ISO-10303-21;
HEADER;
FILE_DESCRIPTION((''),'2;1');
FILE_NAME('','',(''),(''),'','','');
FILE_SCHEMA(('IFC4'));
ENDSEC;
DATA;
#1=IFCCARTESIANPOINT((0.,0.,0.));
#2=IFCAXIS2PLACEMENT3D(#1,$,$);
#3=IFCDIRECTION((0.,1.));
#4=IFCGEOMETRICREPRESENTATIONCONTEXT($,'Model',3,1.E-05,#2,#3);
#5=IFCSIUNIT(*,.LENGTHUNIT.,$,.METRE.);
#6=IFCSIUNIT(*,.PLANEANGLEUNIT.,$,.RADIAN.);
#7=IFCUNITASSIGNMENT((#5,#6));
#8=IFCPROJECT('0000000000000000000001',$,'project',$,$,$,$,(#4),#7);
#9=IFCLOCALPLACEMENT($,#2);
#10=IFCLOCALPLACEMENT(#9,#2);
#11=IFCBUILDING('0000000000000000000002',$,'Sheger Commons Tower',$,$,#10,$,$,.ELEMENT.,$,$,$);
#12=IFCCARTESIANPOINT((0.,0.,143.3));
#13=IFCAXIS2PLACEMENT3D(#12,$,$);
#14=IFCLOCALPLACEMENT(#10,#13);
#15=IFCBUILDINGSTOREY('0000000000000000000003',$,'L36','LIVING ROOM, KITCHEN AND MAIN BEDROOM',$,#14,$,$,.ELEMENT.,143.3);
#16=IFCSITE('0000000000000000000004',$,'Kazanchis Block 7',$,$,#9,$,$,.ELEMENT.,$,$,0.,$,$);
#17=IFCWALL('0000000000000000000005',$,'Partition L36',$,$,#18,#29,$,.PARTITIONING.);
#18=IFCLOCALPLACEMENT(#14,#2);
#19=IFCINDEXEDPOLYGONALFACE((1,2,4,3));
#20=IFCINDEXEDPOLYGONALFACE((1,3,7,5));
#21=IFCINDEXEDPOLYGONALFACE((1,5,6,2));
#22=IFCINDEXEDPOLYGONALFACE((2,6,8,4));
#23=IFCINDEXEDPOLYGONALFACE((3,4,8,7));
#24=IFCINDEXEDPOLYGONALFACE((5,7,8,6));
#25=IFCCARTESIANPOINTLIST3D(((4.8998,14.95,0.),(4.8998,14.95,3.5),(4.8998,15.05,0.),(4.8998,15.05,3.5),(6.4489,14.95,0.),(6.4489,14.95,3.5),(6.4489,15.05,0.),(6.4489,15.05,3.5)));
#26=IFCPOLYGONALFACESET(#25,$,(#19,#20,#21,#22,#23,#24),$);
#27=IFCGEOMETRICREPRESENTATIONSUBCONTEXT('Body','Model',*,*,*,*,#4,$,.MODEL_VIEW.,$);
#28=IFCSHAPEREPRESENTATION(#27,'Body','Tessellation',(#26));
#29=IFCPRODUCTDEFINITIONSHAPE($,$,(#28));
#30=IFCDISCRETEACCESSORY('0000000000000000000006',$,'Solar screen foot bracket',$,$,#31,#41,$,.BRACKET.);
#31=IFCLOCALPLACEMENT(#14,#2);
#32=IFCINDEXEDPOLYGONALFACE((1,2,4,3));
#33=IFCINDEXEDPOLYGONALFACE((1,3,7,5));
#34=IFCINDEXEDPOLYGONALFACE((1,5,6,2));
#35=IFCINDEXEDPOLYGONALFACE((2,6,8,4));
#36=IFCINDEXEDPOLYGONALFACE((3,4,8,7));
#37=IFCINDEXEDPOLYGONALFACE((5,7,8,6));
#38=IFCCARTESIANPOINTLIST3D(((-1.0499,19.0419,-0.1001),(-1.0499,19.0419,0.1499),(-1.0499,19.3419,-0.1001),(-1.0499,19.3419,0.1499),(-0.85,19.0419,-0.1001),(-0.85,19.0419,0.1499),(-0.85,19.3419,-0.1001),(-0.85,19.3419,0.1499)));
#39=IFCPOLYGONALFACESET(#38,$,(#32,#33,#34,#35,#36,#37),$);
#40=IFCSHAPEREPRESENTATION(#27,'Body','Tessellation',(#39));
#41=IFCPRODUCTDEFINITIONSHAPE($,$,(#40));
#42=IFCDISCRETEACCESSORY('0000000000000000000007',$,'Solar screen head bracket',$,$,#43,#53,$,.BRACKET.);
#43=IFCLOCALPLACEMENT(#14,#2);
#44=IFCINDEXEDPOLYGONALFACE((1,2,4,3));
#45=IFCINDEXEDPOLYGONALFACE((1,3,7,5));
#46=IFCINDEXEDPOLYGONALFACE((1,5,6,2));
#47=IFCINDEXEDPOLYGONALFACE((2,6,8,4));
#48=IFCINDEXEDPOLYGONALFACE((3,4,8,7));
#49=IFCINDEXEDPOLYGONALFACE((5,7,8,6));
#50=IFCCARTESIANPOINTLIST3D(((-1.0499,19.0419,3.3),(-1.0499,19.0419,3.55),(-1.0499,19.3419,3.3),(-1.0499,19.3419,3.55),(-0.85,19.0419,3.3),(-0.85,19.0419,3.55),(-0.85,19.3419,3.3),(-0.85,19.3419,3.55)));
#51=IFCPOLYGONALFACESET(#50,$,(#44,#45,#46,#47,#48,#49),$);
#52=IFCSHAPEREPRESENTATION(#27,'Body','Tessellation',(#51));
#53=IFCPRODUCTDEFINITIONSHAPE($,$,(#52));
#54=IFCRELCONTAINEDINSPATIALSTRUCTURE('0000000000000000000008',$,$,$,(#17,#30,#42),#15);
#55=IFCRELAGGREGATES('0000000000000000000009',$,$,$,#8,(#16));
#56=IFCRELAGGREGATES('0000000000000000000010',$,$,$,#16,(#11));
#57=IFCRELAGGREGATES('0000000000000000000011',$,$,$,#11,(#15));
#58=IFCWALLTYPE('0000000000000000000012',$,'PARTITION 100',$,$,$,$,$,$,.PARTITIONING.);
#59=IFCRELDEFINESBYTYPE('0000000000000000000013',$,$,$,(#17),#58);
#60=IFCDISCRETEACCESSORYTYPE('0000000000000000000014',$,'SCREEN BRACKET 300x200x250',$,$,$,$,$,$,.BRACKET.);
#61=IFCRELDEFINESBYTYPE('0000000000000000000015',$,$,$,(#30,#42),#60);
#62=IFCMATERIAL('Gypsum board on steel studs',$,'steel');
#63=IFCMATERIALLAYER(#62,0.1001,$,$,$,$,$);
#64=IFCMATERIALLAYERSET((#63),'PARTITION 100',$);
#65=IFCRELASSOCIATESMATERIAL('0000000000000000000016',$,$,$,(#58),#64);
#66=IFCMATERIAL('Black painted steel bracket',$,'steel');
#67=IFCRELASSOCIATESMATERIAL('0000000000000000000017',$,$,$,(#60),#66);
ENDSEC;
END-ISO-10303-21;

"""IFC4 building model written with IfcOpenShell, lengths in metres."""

from ifc_helpers import new_model, si_unit, direction, frame, frame_2d, origin, origin_2d, place, context, subcontext, project, spatial, rectangle, extrude, material, layer, layer_set, type_object, element, save


model = new_model("IFC4")

# Units and contexts
model_context = context("Model", 3, precision=1e-05, world=origin(), true_north=direction((0.0, 1.0)))
body_context = subcontext(model_context, "Body", "Model", "MODEL_VIEW")
ifc_project = project(units=[si_unit("LENGTHUNIT", "METRE"), si_unit("PLANEANGLEUNIT", "RADIAN")], contexts=[model_context])

# Site, building, storey
site_placement = place(None, origin())
site = spatial("IfcSite", under=ifc_project, at=site_placement, Name="Kazanchis Block 7", CompositionType="ELEMENT", RefElevation=0.0)
building_placement = place(site_placement, origin())
building = spatial("IfcBuilding", under=site, at=building_placement, Name="Sheger Commons Tower", CompositionType="ELEMENT")
storey_placement = place(building_placement, frame((0.0, 0.0, 143.3)))
storey = spatial("IfcBuildingStorey", under=building, at=storey_placement, Name="L36", Description="LIVING ROOM, KITCHEN AND MAIN BEDROOM", CompositionType="ELEMENT", Elevation=143.3)

# Shared definitions
ifc_material_1 = material(Name="Gypsum board on steel studs", Category="steel")
ifc_layer_1 = layer(ifc_material_1, 0.1001)
ifc_layer_set_1 = layer_set([ifc_layer_1], Name="PARTITION 100")
wall_type = type_object("IfcWallType", Name="PARTITION 100", PredefinedType="PARTITIONING", material=ifc_layer_set_1)

# Wall
wall_1_placement = place(storey_placement, frame((4.8999, 15.0, 0.0), z_axis=(0.0, 0.0, 1.0), x_axis=(1.0, 0.0, 0.0)))
element("IfcWall", 1, at=wall_1_placement, inside=storey, type_object=wall_type, Name="Partition L36", PredefinedType="PARTITIONING", context=body_context, shape_type="SweptSolid", body=[
    extrude(rectangle(XDim=1.5491, YDim=0.1001, at=frame_2d((0.7744, 0.0))), origin(), (0.0, 0.0, 1.0), 3.5),
])

# Discrete accessories
ifc_material_2 = material(Name="Black painted steel bracket", Category="steel")
discrete_accessory_type = type_object("IfcDiscreteAccessoryType", Name="SCREEN BRACKET 300x200x250", PredefinedType="BRACKET", material=ifc_material_2)
for number, where, z_axis, x_axis, name in (
    (2, (-0.95, 19.1919, -0.1001), (0.0, 0.0, 1.0), (0.0, -1.0, 0.0), "Solar screen foot bracket"),
    (3, (-0.95, 19.1919, 3.3), (0.0, 0.0, 1.0), (0.0, -1.0, 0.0), "Solar screen head bracket"),
):
    element("IfcDiscreteAccessory", number, at=place(storey_placement, frame(where, z_axis=z_axis, x_axis=x_axis)), inside=storey, type_object=discrete_accessory_type, Name=name, PredefinedType="BRACKET", context=body_context, shape_type="SweptSolid", body=[
        extrude(rectangle(XDim=0.3, YDim=0.2, at=origin_2d()), origin(), (0.0, 0.0, 1.0), 0.25),
    ])

save(model, "model.ifc")
